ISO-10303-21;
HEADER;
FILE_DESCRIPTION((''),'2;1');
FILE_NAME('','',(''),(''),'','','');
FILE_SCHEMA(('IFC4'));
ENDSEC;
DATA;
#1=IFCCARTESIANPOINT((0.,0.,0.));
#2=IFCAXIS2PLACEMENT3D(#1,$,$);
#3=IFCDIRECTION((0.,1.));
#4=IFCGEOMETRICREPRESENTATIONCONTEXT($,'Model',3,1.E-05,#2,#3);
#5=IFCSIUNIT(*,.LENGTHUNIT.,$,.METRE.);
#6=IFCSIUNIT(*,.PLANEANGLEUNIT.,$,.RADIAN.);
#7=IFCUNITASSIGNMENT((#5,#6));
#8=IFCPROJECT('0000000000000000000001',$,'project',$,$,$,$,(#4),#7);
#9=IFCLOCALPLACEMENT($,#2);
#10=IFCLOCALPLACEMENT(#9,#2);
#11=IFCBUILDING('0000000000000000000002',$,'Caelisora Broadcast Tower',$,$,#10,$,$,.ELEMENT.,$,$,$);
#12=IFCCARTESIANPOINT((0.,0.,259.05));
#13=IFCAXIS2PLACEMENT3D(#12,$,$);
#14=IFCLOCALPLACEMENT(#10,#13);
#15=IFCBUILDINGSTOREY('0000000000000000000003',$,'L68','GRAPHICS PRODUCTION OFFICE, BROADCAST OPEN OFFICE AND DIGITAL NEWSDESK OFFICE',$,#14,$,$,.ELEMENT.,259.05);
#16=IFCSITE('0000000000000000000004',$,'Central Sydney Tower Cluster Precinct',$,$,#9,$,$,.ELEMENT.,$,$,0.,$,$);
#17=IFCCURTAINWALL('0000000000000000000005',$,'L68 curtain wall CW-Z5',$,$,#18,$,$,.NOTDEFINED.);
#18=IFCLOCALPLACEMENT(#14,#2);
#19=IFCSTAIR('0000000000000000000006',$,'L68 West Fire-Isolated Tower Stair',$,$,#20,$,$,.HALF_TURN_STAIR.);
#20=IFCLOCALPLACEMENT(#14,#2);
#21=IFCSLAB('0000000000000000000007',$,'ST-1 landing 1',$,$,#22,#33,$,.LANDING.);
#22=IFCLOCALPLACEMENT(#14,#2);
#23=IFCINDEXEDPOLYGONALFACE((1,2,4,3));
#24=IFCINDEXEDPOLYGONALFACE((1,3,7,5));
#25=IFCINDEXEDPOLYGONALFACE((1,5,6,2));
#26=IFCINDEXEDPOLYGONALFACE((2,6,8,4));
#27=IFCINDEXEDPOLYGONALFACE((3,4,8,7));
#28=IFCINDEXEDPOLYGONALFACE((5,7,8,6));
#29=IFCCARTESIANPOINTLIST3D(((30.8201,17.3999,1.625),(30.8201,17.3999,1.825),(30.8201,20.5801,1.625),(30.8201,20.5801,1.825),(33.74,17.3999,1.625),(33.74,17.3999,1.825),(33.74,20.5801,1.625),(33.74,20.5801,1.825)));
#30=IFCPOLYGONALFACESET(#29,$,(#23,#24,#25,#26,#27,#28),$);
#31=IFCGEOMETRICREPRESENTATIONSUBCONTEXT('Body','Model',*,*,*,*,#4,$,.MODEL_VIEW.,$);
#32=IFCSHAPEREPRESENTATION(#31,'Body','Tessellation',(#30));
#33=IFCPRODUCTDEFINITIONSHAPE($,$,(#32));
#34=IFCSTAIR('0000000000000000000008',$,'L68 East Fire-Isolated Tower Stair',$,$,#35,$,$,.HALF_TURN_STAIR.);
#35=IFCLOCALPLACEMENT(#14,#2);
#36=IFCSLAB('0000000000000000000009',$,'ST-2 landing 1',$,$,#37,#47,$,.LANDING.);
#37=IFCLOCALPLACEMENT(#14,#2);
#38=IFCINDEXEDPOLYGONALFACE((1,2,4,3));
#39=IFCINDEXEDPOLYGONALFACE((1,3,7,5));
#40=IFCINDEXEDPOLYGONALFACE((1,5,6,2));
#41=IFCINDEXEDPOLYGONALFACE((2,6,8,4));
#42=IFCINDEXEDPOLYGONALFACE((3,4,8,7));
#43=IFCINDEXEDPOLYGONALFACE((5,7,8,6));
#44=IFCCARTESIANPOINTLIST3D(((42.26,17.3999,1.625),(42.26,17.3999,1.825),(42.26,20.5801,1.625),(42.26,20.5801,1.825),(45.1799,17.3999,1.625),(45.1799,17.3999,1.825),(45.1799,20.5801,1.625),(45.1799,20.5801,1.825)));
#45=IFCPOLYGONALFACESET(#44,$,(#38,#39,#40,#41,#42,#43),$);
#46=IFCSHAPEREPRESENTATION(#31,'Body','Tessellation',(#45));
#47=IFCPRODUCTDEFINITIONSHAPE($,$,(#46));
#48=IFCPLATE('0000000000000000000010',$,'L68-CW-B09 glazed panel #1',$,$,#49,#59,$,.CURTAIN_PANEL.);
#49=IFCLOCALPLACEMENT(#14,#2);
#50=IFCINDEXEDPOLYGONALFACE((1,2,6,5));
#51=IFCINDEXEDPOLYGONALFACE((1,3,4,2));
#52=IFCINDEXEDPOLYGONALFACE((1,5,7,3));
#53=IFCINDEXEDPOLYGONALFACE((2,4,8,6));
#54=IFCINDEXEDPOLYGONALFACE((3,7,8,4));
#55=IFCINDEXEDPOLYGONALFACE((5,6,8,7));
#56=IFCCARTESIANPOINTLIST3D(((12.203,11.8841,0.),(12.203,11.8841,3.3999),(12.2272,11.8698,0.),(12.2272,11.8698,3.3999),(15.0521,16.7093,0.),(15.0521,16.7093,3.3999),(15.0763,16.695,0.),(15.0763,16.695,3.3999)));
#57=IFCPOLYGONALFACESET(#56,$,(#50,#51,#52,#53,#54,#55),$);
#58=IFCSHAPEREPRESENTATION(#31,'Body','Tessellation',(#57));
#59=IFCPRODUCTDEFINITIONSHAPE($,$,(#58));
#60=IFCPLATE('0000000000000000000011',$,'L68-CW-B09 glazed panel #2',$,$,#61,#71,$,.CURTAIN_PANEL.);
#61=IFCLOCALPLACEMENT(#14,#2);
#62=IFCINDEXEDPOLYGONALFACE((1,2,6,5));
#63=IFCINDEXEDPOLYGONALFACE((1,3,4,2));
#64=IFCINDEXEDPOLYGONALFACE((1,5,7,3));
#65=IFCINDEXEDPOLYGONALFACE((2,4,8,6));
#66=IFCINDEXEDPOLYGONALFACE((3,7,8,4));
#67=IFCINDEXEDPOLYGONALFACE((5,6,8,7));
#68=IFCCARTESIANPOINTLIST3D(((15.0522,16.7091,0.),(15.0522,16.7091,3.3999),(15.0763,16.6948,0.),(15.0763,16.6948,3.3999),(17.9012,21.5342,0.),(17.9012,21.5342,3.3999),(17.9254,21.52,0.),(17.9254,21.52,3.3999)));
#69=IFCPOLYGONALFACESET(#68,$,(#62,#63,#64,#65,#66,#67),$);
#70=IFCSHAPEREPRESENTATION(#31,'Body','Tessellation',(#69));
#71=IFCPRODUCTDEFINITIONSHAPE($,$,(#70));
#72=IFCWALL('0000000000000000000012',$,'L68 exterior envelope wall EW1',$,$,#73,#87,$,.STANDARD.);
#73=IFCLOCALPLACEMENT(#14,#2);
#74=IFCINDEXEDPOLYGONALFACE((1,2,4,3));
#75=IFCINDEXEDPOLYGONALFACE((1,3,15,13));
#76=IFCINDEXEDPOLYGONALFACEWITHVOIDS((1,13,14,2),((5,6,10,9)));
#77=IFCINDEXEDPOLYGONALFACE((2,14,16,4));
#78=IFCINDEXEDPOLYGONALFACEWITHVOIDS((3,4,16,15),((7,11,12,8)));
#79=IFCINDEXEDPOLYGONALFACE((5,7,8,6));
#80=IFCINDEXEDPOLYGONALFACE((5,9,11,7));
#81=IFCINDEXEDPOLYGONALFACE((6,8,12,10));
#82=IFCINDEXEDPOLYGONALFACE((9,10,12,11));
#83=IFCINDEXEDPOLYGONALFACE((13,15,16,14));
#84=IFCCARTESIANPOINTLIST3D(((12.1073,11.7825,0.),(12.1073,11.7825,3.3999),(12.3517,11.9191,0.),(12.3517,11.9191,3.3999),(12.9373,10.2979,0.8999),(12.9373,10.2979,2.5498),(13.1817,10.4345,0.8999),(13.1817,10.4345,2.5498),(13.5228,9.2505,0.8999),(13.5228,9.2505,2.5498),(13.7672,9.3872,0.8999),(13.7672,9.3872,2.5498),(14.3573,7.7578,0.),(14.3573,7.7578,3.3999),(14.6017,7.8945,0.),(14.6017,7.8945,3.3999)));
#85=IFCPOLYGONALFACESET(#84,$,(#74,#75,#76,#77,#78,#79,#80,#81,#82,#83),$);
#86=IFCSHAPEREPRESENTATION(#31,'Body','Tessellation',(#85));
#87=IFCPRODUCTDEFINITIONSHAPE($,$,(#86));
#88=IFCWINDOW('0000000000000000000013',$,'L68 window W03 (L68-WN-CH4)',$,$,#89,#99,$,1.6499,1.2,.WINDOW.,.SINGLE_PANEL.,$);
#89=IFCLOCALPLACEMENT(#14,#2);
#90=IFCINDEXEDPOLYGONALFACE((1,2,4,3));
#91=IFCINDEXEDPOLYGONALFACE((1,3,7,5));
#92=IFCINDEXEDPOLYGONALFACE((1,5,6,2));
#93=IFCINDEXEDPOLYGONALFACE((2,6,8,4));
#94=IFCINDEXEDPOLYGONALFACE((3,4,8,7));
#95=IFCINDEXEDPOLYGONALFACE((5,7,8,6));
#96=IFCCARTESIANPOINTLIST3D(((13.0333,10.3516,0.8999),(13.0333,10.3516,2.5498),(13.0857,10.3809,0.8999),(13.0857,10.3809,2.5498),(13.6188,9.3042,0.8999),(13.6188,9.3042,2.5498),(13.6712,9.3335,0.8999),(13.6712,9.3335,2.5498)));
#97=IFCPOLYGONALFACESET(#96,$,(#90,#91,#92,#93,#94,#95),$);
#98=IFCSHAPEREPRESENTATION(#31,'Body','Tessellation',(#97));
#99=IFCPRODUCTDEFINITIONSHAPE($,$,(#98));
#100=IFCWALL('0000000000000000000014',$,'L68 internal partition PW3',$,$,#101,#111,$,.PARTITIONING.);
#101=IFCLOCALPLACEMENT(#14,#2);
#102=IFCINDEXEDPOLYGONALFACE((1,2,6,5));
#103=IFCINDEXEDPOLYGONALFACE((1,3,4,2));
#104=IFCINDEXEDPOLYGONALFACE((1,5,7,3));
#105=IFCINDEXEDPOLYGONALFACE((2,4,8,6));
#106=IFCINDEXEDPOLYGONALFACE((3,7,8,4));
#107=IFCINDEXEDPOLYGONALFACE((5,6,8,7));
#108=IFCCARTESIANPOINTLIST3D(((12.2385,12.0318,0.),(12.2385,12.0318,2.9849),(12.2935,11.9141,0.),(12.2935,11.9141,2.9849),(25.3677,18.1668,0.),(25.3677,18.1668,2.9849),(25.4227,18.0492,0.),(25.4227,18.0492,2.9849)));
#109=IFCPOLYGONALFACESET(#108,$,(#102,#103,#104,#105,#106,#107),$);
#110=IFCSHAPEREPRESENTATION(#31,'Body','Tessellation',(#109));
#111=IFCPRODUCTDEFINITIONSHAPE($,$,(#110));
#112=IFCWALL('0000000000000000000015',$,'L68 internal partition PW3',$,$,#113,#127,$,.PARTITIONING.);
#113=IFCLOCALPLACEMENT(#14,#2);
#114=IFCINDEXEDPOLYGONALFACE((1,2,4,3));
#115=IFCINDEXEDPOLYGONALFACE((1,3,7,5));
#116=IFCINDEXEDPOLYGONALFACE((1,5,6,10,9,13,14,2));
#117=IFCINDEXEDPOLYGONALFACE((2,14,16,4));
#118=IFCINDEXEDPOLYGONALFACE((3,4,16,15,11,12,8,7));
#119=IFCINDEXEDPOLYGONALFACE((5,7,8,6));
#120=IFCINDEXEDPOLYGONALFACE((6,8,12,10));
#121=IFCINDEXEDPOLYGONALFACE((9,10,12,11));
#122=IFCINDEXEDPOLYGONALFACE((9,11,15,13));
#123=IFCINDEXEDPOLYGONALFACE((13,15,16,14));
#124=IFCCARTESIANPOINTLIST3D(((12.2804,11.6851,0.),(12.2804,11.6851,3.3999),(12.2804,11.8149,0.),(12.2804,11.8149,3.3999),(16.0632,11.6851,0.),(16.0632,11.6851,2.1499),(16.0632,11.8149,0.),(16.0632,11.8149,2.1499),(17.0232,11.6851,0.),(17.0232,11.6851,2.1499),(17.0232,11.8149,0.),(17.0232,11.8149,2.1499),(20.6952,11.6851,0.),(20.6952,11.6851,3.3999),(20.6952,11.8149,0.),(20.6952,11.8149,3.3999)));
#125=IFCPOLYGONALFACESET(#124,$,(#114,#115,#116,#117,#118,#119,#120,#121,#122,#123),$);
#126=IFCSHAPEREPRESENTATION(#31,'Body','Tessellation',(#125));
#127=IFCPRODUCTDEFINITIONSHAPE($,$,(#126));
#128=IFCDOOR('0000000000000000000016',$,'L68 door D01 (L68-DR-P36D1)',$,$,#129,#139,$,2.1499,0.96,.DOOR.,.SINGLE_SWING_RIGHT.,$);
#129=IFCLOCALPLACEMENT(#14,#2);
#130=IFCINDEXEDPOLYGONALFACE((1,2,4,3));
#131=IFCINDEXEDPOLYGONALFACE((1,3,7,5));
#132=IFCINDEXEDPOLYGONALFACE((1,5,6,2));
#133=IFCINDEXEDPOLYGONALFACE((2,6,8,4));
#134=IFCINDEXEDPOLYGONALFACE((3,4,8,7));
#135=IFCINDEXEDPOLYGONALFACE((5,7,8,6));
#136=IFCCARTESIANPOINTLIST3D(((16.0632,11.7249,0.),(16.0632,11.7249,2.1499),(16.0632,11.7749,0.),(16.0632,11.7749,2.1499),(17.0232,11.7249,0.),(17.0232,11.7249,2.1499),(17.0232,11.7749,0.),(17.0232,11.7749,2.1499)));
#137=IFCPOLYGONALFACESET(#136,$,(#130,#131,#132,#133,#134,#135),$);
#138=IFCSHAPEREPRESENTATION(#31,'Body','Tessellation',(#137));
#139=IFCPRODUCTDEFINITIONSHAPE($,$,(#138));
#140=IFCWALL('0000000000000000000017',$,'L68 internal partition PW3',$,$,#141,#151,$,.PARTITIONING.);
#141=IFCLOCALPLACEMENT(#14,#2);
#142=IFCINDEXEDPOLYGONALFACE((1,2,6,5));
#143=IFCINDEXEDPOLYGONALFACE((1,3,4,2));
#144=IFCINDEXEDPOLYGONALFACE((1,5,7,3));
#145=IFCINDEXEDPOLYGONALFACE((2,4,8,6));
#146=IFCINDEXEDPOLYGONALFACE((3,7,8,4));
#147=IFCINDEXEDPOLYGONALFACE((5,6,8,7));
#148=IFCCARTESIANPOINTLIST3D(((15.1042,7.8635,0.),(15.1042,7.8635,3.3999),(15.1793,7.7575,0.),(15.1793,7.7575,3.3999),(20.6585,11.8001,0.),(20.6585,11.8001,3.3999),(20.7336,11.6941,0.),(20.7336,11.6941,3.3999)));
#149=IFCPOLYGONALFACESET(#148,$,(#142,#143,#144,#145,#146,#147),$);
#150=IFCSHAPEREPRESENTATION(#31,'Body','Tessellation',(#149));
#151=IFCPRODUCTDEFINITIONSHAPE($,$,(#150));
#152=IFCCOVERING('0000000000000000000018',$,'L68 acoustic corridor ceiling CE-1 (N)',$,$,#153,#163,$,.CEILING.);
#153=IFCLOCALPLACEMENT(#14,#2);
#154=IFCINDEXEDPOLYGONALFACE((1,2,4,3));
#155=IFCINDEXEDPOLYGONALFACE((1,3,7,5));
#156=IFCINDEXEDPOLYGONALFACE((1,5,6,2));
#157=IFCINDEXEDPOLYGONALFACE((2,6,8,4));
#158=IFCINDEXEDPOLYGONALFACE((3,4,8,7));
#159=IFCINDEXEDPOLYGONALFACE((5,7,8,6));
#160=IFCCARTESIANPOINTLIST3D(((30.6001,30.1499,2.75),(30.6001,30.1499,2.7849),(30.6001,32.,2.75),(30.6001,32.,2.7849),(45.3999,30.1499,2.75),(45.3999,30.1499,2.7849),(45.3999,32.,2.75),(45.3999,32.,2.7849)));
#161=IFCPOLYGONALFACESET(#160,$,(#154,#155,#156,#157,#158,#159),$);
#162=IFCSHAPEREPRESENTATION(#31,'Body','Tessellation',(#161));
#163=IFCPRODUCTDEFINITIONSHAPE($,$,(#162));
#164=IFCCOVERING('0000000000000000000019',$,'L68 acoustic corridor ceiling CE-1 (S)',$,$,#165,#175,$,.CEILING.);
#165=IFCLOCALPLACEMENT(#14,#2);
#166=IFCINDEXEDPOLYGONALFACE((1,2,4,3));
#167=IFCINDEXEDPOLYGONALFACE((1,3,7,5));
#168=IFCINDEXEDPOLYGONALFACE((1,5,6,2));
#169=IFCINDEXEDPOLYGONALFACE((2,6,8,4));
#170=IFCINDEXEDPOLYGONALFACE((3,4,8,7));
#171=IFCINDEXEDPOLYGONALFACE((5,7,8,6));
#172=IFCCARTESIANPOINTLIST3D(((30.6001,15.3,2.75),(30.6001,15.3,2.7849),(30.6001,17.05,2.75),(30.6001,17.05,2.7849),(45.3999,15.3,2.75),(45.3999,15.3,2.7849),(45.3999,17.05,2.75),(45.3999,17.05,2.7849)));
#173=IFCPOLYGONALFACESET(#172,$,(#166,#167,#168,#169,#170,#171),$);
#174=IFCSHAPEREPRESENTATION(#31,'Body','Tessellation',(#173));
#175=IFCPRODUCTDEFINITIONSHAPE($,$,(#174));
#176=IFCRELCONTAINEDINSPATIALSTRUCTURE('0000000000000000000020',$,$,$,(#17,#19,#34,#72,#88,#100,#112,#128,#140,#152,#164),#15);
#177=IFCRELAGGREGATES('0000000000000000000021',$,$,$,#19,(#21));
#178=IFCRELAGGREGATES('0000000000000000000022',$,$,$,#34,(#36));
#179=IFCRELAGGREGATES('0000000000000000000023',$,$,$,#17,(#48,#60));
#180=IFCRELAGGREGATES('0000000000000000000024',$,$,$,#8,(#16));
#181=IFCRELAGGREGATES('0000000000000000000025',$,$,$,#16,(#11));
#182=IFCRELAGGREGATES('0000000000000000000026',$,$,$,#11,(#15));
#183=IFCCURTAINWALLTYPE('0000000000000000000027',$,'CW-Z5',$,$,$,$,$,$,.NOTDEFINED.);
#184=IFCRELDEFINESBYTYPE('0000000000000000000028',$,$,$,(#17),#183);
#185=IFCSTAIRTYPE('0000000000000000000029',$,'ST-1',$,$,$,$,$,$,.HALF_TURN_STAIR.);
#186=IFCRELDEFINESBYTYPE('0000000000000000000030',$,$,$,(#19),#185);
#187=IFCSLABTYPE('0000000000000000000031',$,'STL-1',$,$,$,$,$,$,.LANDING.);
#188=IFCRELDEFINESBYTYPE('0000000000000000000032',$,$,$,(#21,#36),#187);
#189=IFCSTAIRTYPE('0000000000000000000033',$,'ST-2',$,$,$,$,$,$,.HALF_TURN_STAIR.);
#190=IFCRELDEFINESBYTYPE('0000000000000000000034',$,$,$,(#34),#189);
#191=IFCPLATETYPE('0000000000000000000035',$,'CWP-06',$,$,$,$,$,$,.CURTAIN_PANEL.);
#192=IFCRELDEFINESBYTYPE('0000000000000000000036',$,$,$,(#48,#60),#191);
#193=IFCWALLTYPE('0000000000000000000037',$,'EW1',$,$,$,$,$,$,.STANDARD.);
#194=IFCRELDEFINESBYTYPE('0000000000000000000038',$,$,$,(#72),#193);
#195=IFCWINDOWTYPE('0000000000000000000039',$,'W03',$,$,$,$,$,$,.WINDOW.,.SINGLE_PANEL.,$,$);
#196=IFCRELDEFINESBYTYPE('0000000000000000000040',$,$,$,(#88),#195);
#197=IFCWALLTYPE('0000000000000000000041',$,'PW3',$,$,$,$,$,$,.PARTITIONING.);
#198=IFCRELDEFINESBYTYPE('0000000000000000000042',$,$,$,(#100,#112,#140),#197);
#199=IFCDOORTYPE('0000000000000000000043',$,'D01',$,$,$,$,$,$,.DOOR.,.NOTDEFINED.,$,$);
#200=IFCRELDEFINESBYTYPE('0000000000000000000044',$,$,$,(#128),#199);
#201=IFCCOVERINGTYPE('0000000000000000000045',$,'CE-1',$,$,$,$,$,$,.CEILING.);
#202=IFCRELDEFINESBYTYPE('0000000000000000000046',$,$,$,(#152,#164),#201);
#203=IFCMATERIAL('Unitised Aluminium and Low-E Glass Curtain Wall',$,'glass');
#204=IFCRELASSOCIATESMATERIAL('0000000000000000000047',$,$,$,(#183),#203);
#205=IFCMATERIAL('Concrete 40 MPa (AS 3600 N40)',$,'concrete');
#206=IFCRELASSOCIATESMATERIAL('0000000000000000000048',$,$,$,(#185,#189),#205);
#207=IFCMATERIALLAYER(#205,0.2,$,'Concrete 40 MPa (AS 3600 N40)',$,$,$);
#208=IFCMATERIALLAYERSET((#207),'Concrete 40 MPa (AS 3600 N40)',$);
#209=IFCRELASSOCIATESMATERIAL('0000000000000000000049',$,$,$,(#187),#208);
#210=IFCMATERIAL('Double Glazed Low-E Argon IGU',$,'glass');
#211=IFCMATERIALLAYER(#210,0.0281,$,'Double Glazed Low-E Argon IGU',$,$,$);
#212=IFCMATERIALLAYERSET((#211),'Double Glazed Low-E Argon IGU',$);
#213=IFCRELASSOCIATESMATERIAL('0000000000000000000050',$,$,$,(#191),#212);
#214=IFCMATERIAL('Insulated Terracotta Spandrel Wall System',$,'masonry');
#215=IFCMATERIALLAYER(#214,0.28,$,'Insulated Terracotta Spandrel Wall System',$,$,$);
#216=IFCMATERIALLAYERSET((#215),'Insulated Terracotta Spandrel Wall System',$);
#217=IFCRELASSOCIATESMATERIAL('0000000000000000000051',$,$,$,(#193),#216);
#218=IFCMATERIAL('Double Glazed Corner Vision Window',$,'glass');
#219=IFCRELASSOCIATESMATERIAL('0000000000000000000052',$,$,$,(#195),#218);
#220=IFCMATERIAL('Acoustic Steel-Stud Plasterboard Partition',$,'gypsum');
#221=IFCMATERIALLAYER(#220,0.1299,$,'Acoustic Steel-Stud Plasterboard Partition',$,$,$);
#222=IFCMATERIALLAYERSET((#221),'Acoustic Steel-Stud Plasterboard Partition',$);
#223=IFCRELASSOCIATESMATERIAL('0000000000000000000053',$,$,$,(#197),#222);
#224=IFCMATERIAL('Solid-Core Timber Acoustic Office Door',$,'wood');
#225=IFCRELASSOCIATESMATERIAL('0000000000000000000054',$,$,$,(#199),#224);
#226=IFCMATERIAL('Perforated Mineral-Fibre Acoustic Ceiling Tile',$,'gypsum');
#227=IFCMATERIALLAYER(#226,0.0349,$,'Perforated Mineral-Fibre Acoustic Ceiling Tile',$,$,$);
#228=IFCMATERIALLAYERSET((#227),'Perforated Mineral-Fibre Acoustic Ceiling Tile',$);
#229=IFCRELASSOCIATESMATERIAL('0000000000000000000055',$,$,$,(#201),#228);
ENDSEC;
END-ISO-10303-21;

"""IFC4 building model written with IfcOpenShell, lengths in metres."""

from ifc_helpers import new_model, si_unit, direction, frame, frame_2d, origin, origin_2d, place, context, subcontext, project, spatial, polyline, rectangle, outline, extrude, source, transform, mapped, material, layer, layer_set, type_object, type_shapes, element, fill, aggregate, save


model = new_model("IFC4")

# Units and contexts
model_context = context("Model", 3, precision=1e-05, world=origin(), true_north=direction((0.0, 1.0)))
body_context = subcontext(model_context, "Body", "Model", "MODEL_VIEW")
ifc_project = project(units=[si_unit("LENGTHUNIT", "METRE"), si_unit("PLANEANGLEUNIT", "RADIAN")], contexts=[model_context])

# Site, building, storey
site_placement = place(None, origin())
site = spatial("IfcSite", under=ifc_project, at=site_placement, Name="Central Sydney Tower Cluster Precinct", CompositionType="ELEMENT", RefElevation=0.0)
building_placement = place(site_placement, origin())
building = spatial("IfcBuilding", under=site, at=building_placement, Name="Caelisora Broadcast Tower", CompositionType="ELEMENT")
storey_placement = place(building_placement, frame((0.0, 0.0, 259.05)))
storey = spatial("IfcBuildingStorey", under=building, at=storey_placement, Name="L68", Description="GRAPHICS PRODUCTION OFFICE, BROADCAST OPEN OFFICE AND DIGITAL NEWSDESK OFFICE", CompositionType="ELEMENT", Elevation=259.05)

# Shared definitions
ifc_material_1 = material(Name="Unitised Aluminium and Low-E Glass Curtain Wall", Category="glass")
curtain_wall_type = type_object("IfcCurtainWallType", Name="CW-Z5", PredefinedType="NOTDEFINED", material=ifc_material_1)

# Curtain wall
curtain_wall_1_placement = place(storey_placement, origin())
curtain_wall_1 = element("IfcCurtainWall", 1, at=curtain_wall_1_placement, inside=storey, type_object=curtain_wall_type, Name="L68 curtain wall CW-Z5", PredefinedType="NOTDEFINED")

# Shared definitions
ifc_material_2 = material(Name="Concrete 40 MPa (AS 3600 N40)", Category="concrete")

# Stairs, slabs
stair_type_1 = type_object("IfcStairType", Name="ST-1", PredefinedType="HALF_TURN_STAIR", material=ifc_material_2)
stair_1_placement = place(storey_placement, origin())
stair_1 = element("IfcStair", 2, at=stair_1_placement, inside=storey, type_object=stair_type_1, Name="L68 West Fire-Isolated Tower Stair", PredefinedType="HALF_TURN_STAIR")
ifc_layer_1 = layer(ifc_material_2, 0.2, Name="Concrete 40 MPa (AS 3600 N40)")
ifc_layer_set_1 = layer_set([ifc_layer_1], Name="Concrete 40 MPa (AS 3600 N40)")
slab_type_1 = type_object("IfcSlabType", Name="STL-1", PredefinedType="LANDING", material=ifc_layer_set_1)
slab_1_placement = place(storey_placement, frame((0.0, 0.0, 1.625)))
slab_1 = element("IfcSlab", 3, at=slab_1_placement, type_object=slab_type_1, Name="ST-1 landing 1", PredefinedType="LANDING", context=body_context, shape_type="SweptSolid", body=[
    extrude(outline(polyline([(30.8201, 20.5801), (30.8201, 17.3999), (33.74, 17.3999), (33.74, 20.5801), (30.8201, 20.5801)])), origin(), (0.0, 0.0, 1.0), 0.2),
])
aggregate(stair_1, [slab_1])
stair_type_2 = type_object("IfcStairType", Name="ST-2", PredefinedType="HALF_TURN_STAIR", material=ifc_material_2)
stair_2_placement = place(storey_placement, origin())
stair_2 = element("IfcStair", 4, at=stair_2_placement, inside=storey, type_object=stair_type_2, Name="L68 East Fire-Isolated Tower Stair", PredefinedType="HALF_TURN_STAIR")
slab_2_placement = place(storey_placement, frame((0.0, 0.0, 1.625)))
slab_2 = element("IfcSlab", 5, at=slab_2_placement, type_object=slab_type_1, Name="ST-2 landing 1", PredefinedType="LANDING", context=body_context, shape_type="SweptSolid", body=[
    extrude(outline(polyline([(42.26, 20.5801), (42.26, 17.3999), (45.1799, 17.3999), (45.1799, 20.5801), (42.26, 20.5801)])), origin(), (0.0, 0.0, 1.0), 0.2),
])
aggregate(stair_2, [slab_2])

# Plates
ifc_material_3 = material(Name="Double Glazed Low-E Argon IGU", Category="glass")
ifc_layer_2 = layer(ifc_material_3, 0.0281, Name="Double Glazed Low-E Argon IGU")
ifc_layer_set_2 = layer_set([ifc_layer_2], Name="Double Glazed Low-E Argon IGU")
plate_type = type_object("IfcPlateType", Name="CWP-06", PredefinedType="CURTAIN_PANEL", material=ifc_layer_set_2)
shared_shape_1 = source(origin(), body_context, "Body", "SweptSolid", [
    extrude(rectangle(XDim=5.6035, YDim=0.0281, at=origin_2d()), origin(), (0.0, 0.0, 1.0), 3.3999),
])
type_shapes(plate_type, [shared_shape_1])
plate_1_placement = place(storey_placement, frame((13.6396, 14.2896, 0.0), z_axis=(0.0, 0.0, 1.0), x_axis=(0.50844, 0.861097, 0.0)))
plate_1 = element("IfcPlate", 6, at=plate_1_placement, type_object=plate_type, Name="L68-CW-B09 glazed panel #1", PredefinedType="CURTAIN_PANEL", context=body_context, shape_type="MappedRepresentation", body=[
    mapped(shared_shape_1, transform((0.0, 0.0, 0.0), scale=1.0)),
])
plate_2_placement = place(storey_placement, frame((16.4888, 19.1145, 0.0), z_axis=(0.0, 0.0, 1.0), x_axis=(0.50844, 0.861097, 0.0)))
plate_2 = element("IfcPlate", 7, at=plate_2_placement, type_object=plate_type, Name="L68-CW-B09 glazed panel #2", PredefinedType="CURTAIN_PANEL", context=body_context, shape_type="MappedRepresentation", body=[
    mapped(shared_shape_1, transform((0.0, 0.0, 0.0), scale=1.0)),
])
aggregate(curtain_wall_1, [plate_1, plate_2])

# Wall, opening, window
ifc_material_4 = material(Name="Insulated Terracotta Spandrel Wall System", Category="masonry")
ifc_layer_3 = layer(ifc_material_4, 0.28, Name="Insulated Terracotta Spandrel Wall System")
ifc_layer_set_3 = layer_set([ifc_layer_3], Name="Insulated Terracotta Spandrel Wall System")
wall_type_1 = type_object("IfcWallType", Name="EW1", PredefinedType="STANDARD", material=ifc_layer_set_3)
wall_1_placement = place(storey_placement, frame((14.4795, 7.8262, 0.0), z_axis=(0.0, 0.0, 1.0), x_axis=(-0.487974, 0.872858, 0.0)))
wall_1 = element("IfcWall", 8, at=wall_1_placement, inside=storey, type_object=wall_type_1, Name="L68 exterior envelope wall EW1", PredefinedType="STANDARD", context=body_context, shape_type="SweptSolid", body=[
    extrude(rectangle(XDim=4.6108, YDim=0.28, at=frame_2d((2.3054, 0.0))), origin(), (0.0, 0.0, 1.0), 3.3999),
])
opening_1_placement = place(wall_1_placement, frame((1.71, 0.0, 0.8999)))
opening_1 = element("IfcOpeningElement", 9, at=opening_1_placement, cuts=wall_1, PredefinedType="OPENING", context=body_context, shape_type="SweptSolid", body=[
    extrude(rectangle(XDim=1.2, YDim=1.6499, at=frame_2d((0.6001, 0.825))), frame((0.0, 0.1521, 0.0), z_axis=(0.0, -1.0, 0.0), x_axis=(1.0, 0.0, 0.0)), (0.0, 0.0, 1.0), 0.304),
])
ifc_material_5 = material(Name="Double Glazed Corner Vision Window", Category="glass")
window_type = type_object("IfcWindowType", Name="W03", PartitioningType="SINGLE_PANEL", PredefinedType="WINDOW", material=ifc_material_5)
window_placement = place(opening_1_placement, origin())
window = element("IfcWindow", 10, at=window_placement, inside=storey, type_object=window_type, Name="L68 window W03 (L68-WN-CH4)", OverallHeight=1.6499, OverallWidth=1.2, PartitioningType="SINGLE_PANEL", PredefinedType="WINDOW", context=body_context, shape_type="SweptSolid", body=[
    extrude(rectangle(XDim=1.2, YDim=1.6499, at=frame_2d((0.6001, 0.825))), frame((0.0, 0.03, 0.0), z_axis=(0.0, -1.0, 0.0), x_axis=(1.0, 0.0, 0.0)), (0.0, 0.0, 1.0), 0.0601),
])
fill(opening_1, window)

# Wall
ifc_material_6 = material(Name="Acoustic Steel-Stud Plasterboard Partition", Category="gypsum")
ifc_layer_4 = layer(ifc_material_6, 0.1299, Name="Acoustic Steel-Stud Plasterboard Partition")
ifc_layer_set_4 = layer_set([ifc_layer_4], Name="Acoustic Steel-Stud Plasterboard Partition")
wall_type_2 = type_object("IfcWallType", Name="PW3", PredefinedType="PARTITIONING", material=ifc_layer_set_4)
wall_2_placement = place(storey_placement, frame((12.2659, 11.9729, 0.0), z_axis=(0.0, 0.0, 1.0), x_axis=(0.90597, 0.423343, 0.0)))
element("IfcWall", 11, at=wall_2_placement, inside=storey, type_object=wall_type_2, Name="L68 internal partition PW3", PredefinedType="PARTITIONING", context=body_context, shape_type="SweptSolid", body=[
    extrude(rectangle(XDim=14.4919, YDim=0.1299, at=frame_2d((7.2461, 0.0))), origin(), (0.0, 0.0, 1.0), 2.9849),
])

# Wall, opening, door
wall_3_placement = place(storey_placement, frame((12.2803, 11.75, 0.0), z_axis=(0.0, 0.0, 1.0), x_axis=(1.0, 0.0, 0.0)))
wall_3 = element("IfcWall", 12, at=wall_3_placement, inside=storey, type_object=wall_type_2, Name="L68 internal partition PW3", PredefinedType="PARTITIONING", context=body_context, shape_type="SweptSolid", body=[
    extrude(rectangle(XDim=8.4148, YDim=0.1299, at=frame_2d((4.2075, 0.0))), origin(), (0.0, 0.0, 1.0), 3.3999),
])
opening_2_placement = place(wall_3_placement, frame((3.783, 0.0, 0.0)))
opening_2 = element("IfcOpeningElement", 13, at=opening_2_placement, cuts=wall_3, PredefinedType="OPENING", context=body_context, shape_type="SweptSolid", body=[
    extrude(rectangle(XDim=0.96, YDim=2.1499, at=frame_2d((0.48, 1.075))), frame((0.0, 0.0769, 0.0), z_axis=(0.0, -1.0, 0.0), x_axis=(1.0, 0.0, 0.0)), (0.0, 0.0, 1.0), 0.1538),
])
ifc_material_7 = material(Name="Solid-Core Timber Acoustic Office Door", Category="wood")
door_type = type_object("IfcDoorType", Name="D01", OperationType="NOTDEFINED", PredefinedType="DOOR", material=ifc_material_7)
door_placement = place(opening_2_placement, origin())
door = element("IfcDoor", 14, at=door_placement, inside=storey, type_object=door_type, Name="L68 door D01 (L68-DR-P36D1)", OperationType="SINGLE_SWING_RIGHT", OverallHeight=2.1499, OverallWidth=0.96, PredefinedType="DOOR", context=body_context, shape_type="SweptSolid", body=[
    extrude(rectangle(XDim=0.96, YDim=2.1499, at=frame_2d((0.48, 1.075))), frame((0.0, 0.0249, 0.0), z_axis=(0.0, -1.0, 0.0), x_axis=(1.0, 0.0, 0.0)), (0.0, 0.0, 1.0), 0.05),
])
fill(opening_2, door)

# Wall
wall_4_placement = place(storey_placement, frame((15.1418, 7.8105, 0.0), z_axis=(0.0, 0.0, 1.0), x_axis=(0.815865, 0.578242, 0.0)))
element("IfcWall", 15, at=wall_4_placement, inside=storey, type_object=wall_type_2, Name="L68 internal partition PW3", PredefinedType="PARTITIONING", context=body_context, shape_type="SweptSolid", body=[
    extrude(rectangle(XDim=6.8079, YDim=0.1299, at=frame_2d((3.4038, 0.0))), origin(), (0.0, 0.0, 1.0), 3.3999),
])

# Coverings
ifc_material_8 = material(Name="Perforated Mineral-Fibre Acoustic Ceiling Tile", Category="gypsum")
ifc_layer_5 = layer(ifc_material_8, 0.0349, Name="Perforated Mineral-Fibre Acoustic Ceiling Tile")
ifc_layer_set_5 = layer_set([ifc_layer_5], Name="Perforated Mineral-Fibre Acoustic Ceiling Tile")
covering_type_1 = type_object("IfcCoveringType", Name="CE-1", PredefinedType="CEILING", material=ifc_layer_set_5)
covering_1_placement = place(storey_placement, frame((0.0, 0.0, 2.75)))
element("IfcCovering", 16, at=covering_1_placement, inside=storey, type_object=covering_type_1, Name="L68 acoustic corridor ceiling CE-1 (N)", PredefinedType="CEILING", context=body_context, shape_type="SweptSolid", body=[
    extrude(outline(polyline([(30.6001, 30.1499), (45.3999, 30.1499), (45.3999, 32.0), (30.6001, 32.0), (30.6001, 30.1499)])), origin(), (0.0, 0.0, 1.0), 0.0349),
])
covering_2_placement = place(storey_placement, frame((0.0, 0.0, 2.75)))
element("IfcCovering", 17, at=covering_2_placement, inside=storey, type_object=covering_type_1, Name="L68 acoustic corridor ceiling CE-1 (S)", PredefinedType="CEILING", context=body_context, shape_type="SweptSolid", body=[
    extrude(outline(polyline([(30.6001, 15.3), (45.3999, 15.3), (45.3999, 17.05), (30.6001, 17.05), (30.6001, 15.3)])), origin(), (0.0, 0.0, 1.0), 0.0349),
])

save(model, "model.ifc")
